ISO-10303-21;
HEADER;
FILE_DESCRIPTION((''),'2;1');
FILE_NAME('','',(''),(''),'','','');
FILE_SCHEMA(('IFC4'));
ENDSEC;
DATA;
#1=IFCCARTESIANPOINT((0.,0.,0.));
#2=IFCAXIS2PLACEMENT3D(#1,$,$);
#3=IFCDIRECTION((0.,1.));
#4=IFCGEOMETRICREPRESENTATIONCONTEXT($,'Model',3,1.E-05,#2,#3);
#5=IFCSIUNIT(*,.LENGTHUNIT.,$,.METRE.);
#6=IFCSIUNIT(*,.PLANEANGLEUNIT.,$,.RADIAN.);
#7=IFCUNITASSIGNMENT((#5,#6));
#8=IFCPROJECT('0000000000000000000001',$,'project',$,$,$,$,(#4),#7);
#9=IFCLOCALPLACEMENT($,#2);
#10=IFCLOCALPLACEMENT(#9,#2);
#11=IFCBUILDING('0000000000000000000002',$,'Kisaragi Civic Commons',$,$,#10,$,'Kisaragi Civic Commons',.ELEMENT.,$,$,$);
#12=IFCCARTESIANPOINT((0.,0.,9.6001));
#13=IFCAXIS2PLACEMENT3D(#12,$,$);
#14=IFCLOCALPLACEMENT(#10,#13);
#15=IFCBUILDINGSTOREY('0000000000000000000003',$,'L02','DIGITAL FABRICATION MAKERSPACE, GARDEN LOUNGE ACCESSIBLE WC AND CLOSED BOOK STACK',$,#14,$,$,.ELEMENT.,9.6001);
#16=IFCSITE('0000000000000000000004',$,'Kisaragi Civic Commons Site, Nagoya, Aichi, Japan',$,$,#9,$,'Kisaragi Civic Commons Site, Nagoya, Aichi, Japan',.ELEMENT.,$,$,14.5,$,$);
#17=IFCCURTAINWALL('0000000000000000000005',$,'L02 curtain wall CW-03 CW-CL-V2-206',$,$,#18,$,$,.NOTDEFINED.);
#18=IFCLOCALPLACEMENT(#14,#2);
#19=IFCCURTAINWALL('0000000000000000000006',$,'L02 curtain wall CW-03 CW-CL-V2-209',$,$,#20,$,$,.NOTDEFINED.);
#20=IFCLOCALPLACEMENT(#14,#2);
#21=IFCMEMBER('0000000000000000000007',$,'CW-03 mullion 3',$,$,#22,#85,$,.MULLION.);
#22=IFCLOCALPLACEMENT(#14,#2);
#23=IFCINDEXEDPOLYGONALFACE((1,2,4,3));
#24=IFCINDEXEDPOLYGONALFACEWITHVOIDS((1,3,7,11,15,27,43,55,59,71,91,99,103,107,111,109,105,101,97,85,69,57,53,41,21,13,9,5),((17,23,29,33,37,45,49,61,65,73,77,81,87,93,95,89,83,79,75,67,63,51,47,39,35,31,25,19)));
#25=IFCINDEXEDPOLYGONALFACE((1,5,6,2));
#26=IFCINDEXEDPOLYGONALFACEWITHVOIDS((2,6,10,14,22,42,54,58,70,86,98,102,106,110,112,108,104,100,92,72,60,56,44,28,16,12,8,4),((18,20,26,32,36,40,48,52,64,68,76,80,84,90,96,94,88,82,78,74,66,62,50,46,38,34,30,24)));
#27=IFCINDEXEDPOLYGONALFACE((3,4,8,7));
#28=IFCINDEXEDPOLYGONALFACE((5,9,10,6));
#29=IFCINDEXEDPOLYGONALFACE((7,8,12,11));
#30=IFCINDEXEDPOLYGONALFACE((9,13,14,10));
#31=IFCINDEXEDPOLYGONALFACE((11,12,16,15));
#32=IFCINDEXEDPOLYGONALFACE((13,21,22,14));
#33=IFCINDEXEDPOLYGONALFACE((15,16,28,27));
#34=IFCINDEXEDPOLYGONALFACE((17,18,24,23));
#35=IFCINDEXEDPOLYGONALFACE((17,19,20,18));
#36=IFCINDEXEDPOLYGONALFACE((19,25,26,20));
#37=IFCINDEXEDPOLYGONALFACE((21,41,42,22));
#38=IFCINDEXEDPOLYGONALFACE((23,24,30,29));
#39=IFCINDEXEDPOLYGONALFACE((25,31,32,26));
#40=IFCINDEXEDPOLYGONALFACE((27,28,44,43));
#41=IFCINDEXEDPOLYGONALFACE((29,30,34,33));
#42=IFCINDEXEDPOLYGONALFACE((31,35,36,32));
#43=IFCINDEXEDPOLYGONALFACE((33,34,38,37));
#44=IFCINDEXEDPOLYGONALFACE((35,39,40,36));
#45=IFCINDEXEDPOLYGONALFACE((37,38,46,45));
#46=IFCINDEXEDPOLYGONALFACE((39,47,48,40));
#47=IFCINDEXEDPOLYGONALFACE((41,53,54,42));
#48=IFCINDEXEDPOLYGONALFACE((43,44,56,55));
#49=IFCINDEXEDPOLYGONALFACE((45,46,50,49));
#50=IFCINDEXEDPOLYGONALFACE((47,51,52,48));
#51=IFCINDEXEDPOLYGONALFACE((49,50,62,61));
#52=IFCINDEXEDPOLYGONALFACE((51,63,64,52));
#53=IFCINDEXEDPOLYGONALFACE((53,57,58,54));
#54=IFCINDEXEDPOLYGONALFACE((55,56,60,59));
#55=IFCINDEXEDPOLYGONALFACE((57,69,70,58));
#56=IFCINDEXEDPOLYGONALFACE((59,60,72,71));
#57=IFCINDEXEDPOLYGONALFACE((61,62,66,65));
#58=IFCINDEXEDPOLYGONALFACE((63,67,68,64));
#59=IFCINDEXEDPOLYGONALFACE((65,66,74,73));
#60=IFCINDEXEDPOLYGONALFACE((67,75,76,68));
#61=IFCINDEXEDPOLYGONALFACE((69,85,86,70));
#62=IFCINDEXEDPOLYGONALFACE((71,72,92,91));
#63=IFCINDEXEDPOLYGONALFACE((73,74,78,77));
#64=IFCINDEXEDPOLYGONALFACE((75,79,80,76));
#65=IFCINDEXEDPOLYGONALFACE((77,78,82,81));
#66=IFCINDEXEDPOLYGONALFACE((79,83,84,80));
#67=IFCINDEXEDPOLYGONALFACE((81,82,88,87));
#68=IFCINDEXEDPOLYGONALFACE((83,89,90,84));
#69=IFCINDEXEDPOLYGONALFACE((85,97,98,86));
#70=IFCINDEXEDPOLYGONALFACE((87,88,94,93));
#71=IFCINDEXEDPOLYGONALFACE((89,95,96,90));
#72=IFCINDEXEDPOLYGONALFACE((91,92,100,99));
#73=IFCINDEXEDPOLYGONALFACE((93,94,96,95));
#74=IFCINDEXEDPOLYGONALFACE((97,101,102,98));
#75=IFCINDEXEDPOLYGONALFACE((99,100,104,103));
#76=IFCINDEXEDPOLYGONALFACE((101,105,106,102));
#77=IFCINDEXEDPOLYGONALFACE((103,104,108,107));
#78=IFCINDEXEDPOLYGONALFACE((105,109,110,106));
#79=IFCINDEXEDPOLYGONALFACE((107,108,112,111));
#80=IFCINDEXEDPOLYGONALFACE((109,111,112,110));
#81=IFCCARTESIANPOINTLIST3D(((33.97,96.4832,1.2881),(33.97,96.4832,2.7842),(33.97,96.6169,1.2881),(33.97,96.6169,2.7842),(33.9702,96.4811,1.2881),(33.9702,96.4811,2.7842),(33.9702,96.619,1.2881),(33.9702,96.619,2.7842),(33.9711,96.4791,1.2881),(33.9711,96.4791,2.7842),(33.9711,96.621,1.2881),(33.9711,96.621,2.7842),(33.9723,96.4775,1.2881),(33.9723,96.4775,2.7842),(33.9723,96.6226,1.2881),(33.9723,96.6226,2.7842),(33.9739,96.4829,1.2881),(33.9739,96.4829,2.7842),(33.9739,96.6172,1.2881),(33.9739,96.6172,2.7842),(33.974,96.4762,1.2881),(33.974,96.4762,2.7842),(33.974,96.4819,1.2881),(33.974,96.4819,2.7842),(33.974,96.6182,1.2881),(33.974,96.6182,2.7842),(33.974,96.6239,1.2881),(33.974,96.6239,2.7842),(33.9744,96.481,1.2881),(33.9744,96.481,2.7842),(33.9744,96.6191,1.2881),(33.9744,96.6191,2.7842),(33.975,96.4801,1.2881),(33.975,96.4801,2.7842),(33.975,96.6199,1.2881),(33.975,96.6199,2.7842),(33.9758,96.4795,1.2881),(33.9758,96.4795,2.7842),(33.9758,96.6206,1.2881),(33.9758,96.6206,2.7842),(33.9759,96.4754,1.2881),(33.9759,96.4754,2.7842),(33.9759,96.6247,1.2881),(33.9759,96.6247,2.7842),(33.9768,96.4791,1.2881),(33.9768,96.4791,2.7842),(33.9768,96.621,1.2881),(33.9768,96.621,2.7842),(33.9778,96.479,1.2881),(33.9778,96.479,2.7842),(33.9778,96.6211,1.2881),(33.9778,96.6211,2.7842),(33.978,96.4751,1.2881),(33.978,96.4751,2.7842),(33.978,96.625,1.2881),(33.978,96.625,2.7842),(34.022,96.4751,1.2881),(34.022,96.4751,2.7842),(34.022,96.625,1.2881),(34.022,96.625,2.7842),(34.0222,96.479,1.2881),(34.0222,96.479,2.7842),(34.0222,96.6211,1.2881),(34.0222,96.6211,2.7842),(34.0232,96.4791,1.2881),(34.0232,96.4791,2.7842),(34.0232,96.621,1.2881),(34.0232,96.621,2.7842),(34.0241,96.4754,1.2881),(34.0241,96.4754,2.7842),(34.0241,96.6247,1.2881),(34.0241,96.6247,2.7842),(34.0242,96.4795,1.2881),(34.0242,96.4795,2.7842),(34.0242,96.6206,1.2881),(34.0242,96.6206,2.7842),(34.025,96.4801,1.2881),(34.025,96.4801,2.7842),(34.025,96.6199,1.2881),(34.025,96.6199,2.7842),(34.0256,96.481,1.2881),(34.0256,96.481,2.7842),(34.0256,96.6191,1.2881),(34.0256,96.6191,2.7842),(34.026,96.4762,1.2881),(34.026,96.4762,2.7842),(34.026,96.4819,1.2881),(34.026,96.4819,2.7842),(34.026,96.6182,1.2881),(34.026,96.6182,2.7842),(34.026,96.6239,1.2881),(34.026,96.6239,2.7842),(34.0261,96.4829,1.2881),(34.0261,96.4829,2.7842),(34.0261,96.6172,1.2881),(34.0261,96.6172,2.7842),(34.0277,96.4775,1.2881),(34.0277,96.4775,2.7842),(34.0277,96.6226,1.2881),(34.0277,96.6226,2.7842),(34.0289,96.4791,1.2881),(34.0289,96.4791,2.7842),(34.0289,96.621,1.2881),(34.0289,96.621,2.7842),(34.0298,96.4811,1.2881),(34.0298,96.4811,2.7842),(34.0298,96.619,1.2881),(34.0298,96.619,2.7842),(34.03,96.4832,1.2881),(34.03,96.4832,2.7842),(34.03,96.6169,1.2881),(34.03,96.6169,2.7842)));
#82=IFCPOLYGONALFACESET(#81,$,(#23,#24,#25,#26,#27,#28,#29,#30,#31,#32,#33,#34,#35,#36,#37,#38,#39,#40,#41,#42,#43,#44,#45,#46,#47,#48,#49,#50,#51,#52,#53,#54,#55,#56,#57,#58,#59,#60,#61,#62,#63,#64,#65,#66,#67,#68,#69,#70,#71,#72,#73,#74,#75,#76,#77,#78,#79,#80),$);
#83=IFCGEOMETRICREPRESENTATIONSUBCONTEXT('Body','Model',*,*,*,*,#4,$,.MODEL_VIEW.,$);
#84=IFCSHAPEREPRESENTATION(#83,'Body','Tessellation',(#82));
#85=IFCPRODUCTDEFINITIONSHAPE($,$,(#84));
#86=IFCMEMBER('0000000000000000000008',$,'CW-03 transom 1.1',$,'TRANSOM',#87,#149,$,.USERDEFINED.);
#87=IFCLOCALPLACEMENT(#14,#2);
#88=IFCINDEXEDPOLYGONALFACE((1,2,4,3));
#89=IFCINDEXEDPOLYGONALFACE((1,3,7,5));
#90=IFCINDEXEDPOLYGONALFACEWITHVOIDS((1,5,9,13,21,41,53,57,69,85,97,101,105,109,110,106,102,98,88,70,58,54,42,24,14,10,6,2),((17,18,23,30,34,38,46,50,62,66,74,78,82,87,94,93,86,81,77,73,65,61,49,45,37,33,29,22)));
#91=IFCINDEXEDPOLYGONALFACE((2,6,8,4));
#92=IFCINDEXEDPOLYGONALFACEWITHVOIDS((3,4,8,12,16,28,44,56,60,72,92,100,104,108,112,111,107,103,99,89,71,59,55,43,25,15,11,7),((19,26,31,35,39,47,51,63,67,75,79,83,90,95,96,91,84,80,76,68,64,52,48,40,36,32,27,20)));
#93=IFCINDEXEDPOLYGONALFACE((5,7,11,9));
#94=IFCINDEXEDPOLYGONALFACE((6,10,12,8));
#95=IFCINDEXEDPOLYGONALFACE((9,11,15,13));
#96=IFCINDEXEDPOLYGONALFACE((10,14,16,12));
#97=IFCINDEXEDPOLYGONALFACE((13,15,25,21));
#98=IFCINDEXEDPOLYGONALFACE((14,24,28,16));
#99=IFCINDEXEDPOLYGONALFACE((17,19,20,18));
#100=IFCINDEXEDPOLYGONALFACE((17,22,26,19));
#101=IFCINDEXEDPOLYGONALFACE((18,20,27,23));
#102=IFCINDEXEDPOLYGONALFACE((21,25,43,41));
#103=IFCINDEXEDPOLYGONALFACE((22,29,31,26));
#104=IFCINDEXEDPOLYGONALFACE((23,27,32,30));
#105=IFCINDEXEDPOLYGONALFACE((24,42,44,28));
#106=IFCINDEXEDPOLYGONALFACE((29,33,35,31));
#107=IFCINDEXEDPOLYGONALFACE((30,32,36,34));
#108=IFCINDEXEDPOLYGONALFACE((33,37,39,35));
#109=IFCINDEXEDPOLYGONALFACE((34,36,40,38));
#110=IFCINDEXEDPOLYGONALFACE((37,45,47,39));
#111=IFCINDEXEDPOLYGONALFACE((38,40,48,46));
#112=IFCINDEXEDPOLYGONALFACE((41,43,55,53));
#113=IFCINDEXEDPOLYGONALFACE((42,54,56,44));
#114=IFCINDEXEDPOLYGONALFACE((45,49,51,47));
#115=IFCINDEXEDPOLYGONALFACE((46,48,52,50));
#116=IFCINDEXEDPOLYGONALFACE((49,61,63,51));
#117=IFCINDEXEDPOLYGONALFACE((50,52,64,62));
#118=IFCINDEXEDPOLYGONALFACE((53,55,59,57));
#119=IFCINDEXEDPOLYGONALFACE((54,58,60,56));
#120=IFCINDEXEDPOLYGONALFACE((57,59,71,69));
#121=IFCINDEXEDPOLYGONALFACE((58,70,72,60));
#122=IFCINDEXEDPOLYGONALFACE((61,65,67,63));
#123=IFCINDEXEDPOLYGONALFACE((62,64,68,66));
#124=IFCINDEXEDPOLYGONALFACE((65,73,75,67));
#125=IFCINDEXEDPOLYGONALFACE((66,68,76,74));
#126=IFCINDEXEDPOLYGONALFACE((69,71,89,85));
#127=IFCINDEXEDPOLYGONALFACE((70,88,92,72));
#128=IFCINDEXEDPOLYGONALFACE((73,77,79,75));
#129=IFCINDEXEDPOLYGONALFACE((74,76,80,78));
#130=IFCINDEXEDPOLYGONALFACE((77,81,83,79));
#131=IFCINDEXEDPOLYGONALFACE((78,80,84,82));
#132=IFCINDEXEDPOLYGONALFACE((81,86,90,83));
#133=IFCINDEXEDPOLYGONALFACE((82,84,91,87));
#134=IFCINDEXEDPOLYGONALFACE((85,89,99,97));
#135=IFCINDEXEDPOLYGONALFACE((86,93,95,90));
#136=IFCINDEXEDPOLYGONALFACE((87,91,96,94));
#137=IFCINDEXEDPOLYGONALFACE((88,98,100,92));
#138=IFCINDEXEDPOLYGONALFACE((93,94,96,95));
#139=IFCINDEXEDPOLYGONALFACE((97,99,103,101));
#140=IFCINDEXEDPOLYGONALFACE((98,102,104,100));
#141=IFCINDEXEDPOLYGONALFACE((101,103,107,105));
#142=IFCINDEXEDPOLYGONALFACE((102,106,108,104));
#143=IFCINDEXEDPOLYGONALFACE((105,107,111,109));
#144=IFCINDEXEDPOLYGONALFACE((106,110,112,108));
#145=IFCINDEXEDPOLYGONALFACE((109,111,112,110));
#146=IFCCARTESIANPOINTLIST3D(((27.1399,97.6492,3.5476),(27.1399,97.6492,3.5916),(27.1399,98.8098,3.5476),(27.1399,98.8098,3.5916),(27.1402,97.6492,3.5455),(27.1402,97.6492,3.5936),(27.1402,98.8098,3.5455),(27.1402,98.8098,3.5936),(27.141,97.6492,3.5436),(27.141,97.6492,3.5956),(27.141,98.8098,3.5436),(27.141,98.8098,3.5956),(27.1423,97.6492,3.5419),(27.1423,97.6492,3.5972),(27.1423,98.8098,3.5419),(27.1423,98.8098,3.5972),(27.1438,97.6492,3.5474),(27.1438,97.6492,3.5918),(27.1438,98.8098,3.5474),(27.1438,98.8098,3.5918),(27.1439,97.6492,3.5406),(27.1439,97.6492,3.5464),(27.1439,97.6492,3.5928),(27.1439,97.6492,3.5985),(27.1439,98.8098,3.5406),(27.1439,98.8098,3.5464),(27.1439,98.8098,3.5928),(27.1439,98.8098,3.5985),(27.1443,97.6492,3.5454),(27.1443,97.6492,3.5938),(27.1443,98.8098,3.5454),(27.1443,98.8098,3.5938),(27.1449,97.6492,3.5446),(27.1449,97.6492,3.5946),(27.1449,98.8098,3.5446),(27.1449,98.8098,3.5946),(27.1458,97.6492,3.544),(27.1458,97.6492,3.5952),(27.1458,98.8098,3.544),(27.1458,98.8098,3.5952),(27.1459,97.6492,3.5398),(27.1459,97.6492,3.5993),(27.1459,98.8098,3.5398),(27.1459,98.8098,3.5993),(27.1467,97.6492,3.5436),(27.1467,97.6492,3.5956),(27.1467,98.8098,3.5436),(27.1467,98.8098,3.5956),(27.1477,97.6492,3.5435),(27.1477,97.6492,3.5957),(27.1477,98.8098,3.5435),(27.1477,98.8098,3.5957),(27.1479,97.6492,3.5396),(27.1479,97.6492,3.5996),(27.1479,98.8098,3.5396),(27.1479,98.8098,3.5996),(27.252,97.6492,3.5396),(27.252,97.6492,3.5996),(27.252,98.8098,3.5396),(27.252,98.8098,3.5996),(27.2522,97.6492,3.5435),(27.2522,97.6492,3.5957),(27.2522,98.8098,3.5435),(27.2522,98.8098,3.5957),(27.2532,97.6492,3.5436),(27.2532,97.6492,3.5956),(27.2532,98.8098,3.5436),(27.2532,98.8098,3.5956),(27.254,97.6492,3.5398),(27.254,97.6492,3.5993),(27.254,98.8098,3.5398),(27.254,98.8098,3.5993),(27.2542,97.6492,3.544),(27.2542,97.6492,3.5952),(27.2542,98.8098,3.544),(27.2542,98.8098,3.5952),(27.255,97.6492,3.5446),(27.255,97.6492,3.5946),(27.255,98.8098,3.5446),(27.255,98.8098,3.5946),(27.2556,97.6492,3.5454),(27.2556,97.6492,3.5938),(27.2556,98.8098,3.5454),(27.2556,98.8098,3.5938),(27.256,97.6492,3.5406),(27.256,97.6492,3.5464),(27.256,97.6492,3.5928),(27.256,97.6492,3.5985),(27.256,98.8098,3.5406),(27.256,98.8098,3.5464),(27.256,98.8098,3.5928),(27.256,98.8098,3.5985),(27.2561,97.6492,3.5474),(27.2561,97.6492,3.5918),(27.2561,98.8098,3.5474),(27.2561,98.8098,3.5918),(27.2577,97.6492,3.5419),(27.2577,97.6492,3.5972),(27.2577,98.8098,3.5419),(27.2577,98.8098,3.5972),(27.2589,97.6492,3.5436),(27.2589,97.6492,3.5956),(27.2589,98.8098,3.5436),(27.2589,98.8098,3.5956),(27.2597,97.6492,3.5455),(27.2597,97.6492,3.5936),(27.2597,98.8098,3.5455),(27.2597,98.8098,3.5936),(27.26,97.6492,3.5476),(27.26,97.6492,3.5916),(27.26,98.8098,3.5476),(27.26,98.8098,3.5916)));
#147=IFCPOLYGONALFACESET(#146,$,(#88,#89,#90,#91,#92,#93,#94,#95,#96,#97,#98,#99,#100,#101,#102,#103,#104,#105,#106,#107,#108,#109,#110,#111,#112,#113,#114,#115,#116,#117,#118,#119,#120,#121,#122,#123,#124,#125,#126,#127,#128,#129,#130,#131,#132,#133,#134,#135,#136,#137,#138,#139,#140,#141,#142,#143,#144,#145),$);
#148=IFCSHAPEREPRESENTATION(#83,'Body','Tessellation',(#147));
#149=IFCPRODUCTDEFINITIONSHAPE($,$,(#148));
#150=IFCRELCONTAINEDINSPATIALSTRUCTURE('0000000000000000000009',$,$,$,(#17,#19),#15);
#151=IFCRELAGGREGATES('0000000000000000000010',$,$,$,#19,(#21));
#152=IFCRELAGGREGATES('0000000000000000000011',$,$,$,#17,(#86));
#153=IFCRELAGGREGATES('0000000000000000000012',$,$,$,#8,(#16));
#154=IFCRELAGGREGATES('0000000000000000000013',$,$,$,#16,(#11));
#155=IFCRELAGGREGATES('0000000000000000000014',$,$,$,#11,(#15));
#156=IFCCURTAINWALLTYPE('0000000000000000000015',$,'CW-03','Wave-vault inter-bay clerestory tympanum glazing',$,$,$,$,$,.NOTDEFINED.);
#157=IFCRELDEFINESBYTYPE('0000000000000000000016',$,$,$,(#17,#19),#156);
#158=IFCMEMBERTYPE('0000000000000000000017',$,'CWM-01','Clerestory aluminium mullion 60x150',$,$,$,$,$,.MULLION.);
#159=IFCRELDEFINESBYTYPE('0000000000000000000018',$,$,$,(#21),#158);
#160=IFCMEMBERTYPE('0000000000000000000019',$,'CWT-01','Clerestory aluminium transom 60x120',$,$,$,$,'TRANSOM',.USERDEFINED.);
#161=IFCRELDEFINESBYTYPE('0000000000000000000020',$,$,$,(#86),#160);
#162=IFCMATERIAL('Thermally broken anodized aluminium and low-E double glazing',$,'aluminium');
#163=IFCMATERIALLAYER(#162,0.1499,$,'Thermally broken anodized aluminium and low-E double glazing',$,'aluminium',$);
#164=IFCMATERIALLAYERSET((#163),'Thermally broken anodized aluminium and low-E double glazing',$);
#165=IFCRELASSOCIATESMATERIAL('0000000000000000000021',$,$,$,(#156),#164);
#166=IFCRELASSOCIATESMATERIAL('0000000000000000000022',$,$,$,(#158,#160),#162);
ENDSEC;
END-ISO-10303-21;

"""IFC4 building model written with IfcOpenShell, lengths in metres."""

from ifc_helpers import new_model, si_unit, direction, frame, origin, origin_2d, place, context, subcontext, project, spatial, hollow_rectangle, extrude, material, layer, layer_set, material_profile, profile_set, type_object, element, aggregate, save


model = new_model("IFC4")

# Units and contexts
model_context = context("Model", 3, precision=1e-05, world=origin(), true_north=direction((0.0, 1.0)))
body_context = subcontext(model_context, "Body", "Model", "MODEL_VIEW")
ifc_project = project(units=[si_unit("LENGTHUNIT", "METRE"), si_unit("PLANEANGLEUNIT", "RADIAN")], contexts=[model_context])

# Site, building, storey
site_placement = place(None, origin())
site = spatial("IfcSite", under=ifc_project, at=site_placement, Name="Kisaragi Civic Commons Site, Nagoya, Aichi, Japan", LongName="Kisaragi Civic Commons Site, Nagoya, Aichi, Japan", CompositionType="ELEMENT", RefElevation=14.5)
building_placement = place(site_placement, origin())
building = spatial("IfcBuilding", under=site, at=building_placement, Name="Kisaragi Civic Commons", LongName="Kisaragi Civic Commons", CompositionType="ELEMENT")
storey_placement = place(building_placement, frame((0.0, 0.0, 9.6001)))
storey = spatial("IfcBuildingStorey", under=building, at=storey_placement, Name="L02", Description="DIGITAL FABRICATION MAKERSPACE, GARDEN LOUNGE ACCESSIBLE WC AND CLOSED BOOK STACK", CompositionType="ELEMENT", Elevation=9.6001)

# Shared definitions
ifc_material_1 = material(Name="Thermally broken anodized aluminium and low-E double glazing", Category="aluminium")
ifc_layer_1 = layer(ifc_material_1, 0.1499, Name="Thermally broken anodized aluminium and low-E double glazing", Category="aluminium")
ifc_layer_set_1 = layer_set([ifc_layer_1], Name="Thermally broken anodized aluminium and low-E double glazing")
curtain_wall_type = type_object("IfcCurtainWallType", Name="CW-03", Description="Wave-vault inter-bay clerestory tympanum glazing", PredefinedType="NOTDEFINED", material=ifc_layer_set_1)
ifc_material_profile_1 = material_profile(ifc_material_1, hollow_rectangle(XDim=0.0601, YDim=0.1499, WallThickness=0.0039, InnerFilletRadius=0.0039, OuterFilletRadius=0.0081, at=origin_2d()), Name="CWM-60x150x4", Category="aluminium")
ifc_profile_set_1 = profile_set([ifc_material_profile_1], Name="Thermally broken anodized aluminium and low-E double glazing")
member_type_1 = type_object("IfcMemberType", Name="CWM-01", Description="Clerestory aluminium mullion 60x150", PredefinedType="MULLION", material=ifc_profile_set_1)

# Curtain wall
curtain_wall_1_placement = place(storey_placement, origin())
curtain_wall_1 = element("IfcCurtainWall", 1, at=curtain_wall_1_placement, inside=storey, type_object=curtain_wall_type, Name="L02 curtain wall CW-03 CW-CL-V2-206", PredefinedType="NOTDEFINED")

# Curtain wall, member
curtain_wall_2_placement = place(storey_placement, origin())
curtain_wall_2 = element("IfcCurtainWall", 2, at=curtain_wall_2_placement, inside=storey, type_object=curtain_wall_type, Name="L02 curtain wall CW-03 CW-CL-V2-209", PredefinedType="NOTDEFINED")
member_1_placement = place(storey_placement, frame((34.0, 96.55, 1.2881), z_axis=(0.0, 0.0, 1.0), x_axis=(-1.0, 0.0, 0.0)))
member_1 = element("IfcMember", 3, at=member_1_placement, type_object=member_type_1, Name="CW-03 mullion 3", PredefinedType="MULLION", context=body_context, shape_type="SweptSolid", body=[
    extrude(hollow_rectangle(XDim=0.0601, YDim=0.1499, WallThickness=0.0039, InnerFilletRadius=0.0039, OuterFilletRadius=0.0081, at=origin_2d()), origin(), (0.0, 0.0, 1.0), 1.4961),
])
aggregate(curtain_wall_2, [member_1])

# Member
ifc_material_profile_2 = material_profile(ifc_material_1, hollow_rectangle(XDim=0.1201, YDim=0.0601, WallThickness=0.0039, InnerFilletRadius=0.0039, OuterFilletRadius=0.0081, at=origin_2d()), Name="CWT-60x120x4", Category="aluminium")
ifc_profile_set_2 = profile_set([ifc_material_profile_2], Name="Thermally broken anodized aluminium and low-E double glazing")
member_type_2 = type_object("IfcMemberType", Name="CWT-01", Description="Clerestory aluminium transom 60x120", ElementType="TRANSOM", PredefinedType="USERDEFINED", material=ifc_profile_set_2)
member_2_placement = place(storey_placement, frame((27.2, 97.6492, 3.5696), z_axis=(0.0, 1.0, 0.0), x_axis=(-1.0, 0.0, 0.0)))
member_2 = element("IfcMember", 4, at=member_2_placement, type_object=member_type_2, Name="CW-03 transom 1.1", ObjectType="TRANSOM", PredefinedType="USERDEFINED", context=body_context, shape_type="SweptSolid", body=[
    extrude(hollow_rectangle(XDim=0.1201, YDim=0.0601, WallThickness=0.0039, InnerFilletRadius=0.0039, OuterFilletRadius=0.0081, at=origin_2d()), origin(), (0.0, 0.0, 1.0), 1.1606),
])

aggregate(curtain_wall_1, [member_2])

save(model, "model.ifc")
